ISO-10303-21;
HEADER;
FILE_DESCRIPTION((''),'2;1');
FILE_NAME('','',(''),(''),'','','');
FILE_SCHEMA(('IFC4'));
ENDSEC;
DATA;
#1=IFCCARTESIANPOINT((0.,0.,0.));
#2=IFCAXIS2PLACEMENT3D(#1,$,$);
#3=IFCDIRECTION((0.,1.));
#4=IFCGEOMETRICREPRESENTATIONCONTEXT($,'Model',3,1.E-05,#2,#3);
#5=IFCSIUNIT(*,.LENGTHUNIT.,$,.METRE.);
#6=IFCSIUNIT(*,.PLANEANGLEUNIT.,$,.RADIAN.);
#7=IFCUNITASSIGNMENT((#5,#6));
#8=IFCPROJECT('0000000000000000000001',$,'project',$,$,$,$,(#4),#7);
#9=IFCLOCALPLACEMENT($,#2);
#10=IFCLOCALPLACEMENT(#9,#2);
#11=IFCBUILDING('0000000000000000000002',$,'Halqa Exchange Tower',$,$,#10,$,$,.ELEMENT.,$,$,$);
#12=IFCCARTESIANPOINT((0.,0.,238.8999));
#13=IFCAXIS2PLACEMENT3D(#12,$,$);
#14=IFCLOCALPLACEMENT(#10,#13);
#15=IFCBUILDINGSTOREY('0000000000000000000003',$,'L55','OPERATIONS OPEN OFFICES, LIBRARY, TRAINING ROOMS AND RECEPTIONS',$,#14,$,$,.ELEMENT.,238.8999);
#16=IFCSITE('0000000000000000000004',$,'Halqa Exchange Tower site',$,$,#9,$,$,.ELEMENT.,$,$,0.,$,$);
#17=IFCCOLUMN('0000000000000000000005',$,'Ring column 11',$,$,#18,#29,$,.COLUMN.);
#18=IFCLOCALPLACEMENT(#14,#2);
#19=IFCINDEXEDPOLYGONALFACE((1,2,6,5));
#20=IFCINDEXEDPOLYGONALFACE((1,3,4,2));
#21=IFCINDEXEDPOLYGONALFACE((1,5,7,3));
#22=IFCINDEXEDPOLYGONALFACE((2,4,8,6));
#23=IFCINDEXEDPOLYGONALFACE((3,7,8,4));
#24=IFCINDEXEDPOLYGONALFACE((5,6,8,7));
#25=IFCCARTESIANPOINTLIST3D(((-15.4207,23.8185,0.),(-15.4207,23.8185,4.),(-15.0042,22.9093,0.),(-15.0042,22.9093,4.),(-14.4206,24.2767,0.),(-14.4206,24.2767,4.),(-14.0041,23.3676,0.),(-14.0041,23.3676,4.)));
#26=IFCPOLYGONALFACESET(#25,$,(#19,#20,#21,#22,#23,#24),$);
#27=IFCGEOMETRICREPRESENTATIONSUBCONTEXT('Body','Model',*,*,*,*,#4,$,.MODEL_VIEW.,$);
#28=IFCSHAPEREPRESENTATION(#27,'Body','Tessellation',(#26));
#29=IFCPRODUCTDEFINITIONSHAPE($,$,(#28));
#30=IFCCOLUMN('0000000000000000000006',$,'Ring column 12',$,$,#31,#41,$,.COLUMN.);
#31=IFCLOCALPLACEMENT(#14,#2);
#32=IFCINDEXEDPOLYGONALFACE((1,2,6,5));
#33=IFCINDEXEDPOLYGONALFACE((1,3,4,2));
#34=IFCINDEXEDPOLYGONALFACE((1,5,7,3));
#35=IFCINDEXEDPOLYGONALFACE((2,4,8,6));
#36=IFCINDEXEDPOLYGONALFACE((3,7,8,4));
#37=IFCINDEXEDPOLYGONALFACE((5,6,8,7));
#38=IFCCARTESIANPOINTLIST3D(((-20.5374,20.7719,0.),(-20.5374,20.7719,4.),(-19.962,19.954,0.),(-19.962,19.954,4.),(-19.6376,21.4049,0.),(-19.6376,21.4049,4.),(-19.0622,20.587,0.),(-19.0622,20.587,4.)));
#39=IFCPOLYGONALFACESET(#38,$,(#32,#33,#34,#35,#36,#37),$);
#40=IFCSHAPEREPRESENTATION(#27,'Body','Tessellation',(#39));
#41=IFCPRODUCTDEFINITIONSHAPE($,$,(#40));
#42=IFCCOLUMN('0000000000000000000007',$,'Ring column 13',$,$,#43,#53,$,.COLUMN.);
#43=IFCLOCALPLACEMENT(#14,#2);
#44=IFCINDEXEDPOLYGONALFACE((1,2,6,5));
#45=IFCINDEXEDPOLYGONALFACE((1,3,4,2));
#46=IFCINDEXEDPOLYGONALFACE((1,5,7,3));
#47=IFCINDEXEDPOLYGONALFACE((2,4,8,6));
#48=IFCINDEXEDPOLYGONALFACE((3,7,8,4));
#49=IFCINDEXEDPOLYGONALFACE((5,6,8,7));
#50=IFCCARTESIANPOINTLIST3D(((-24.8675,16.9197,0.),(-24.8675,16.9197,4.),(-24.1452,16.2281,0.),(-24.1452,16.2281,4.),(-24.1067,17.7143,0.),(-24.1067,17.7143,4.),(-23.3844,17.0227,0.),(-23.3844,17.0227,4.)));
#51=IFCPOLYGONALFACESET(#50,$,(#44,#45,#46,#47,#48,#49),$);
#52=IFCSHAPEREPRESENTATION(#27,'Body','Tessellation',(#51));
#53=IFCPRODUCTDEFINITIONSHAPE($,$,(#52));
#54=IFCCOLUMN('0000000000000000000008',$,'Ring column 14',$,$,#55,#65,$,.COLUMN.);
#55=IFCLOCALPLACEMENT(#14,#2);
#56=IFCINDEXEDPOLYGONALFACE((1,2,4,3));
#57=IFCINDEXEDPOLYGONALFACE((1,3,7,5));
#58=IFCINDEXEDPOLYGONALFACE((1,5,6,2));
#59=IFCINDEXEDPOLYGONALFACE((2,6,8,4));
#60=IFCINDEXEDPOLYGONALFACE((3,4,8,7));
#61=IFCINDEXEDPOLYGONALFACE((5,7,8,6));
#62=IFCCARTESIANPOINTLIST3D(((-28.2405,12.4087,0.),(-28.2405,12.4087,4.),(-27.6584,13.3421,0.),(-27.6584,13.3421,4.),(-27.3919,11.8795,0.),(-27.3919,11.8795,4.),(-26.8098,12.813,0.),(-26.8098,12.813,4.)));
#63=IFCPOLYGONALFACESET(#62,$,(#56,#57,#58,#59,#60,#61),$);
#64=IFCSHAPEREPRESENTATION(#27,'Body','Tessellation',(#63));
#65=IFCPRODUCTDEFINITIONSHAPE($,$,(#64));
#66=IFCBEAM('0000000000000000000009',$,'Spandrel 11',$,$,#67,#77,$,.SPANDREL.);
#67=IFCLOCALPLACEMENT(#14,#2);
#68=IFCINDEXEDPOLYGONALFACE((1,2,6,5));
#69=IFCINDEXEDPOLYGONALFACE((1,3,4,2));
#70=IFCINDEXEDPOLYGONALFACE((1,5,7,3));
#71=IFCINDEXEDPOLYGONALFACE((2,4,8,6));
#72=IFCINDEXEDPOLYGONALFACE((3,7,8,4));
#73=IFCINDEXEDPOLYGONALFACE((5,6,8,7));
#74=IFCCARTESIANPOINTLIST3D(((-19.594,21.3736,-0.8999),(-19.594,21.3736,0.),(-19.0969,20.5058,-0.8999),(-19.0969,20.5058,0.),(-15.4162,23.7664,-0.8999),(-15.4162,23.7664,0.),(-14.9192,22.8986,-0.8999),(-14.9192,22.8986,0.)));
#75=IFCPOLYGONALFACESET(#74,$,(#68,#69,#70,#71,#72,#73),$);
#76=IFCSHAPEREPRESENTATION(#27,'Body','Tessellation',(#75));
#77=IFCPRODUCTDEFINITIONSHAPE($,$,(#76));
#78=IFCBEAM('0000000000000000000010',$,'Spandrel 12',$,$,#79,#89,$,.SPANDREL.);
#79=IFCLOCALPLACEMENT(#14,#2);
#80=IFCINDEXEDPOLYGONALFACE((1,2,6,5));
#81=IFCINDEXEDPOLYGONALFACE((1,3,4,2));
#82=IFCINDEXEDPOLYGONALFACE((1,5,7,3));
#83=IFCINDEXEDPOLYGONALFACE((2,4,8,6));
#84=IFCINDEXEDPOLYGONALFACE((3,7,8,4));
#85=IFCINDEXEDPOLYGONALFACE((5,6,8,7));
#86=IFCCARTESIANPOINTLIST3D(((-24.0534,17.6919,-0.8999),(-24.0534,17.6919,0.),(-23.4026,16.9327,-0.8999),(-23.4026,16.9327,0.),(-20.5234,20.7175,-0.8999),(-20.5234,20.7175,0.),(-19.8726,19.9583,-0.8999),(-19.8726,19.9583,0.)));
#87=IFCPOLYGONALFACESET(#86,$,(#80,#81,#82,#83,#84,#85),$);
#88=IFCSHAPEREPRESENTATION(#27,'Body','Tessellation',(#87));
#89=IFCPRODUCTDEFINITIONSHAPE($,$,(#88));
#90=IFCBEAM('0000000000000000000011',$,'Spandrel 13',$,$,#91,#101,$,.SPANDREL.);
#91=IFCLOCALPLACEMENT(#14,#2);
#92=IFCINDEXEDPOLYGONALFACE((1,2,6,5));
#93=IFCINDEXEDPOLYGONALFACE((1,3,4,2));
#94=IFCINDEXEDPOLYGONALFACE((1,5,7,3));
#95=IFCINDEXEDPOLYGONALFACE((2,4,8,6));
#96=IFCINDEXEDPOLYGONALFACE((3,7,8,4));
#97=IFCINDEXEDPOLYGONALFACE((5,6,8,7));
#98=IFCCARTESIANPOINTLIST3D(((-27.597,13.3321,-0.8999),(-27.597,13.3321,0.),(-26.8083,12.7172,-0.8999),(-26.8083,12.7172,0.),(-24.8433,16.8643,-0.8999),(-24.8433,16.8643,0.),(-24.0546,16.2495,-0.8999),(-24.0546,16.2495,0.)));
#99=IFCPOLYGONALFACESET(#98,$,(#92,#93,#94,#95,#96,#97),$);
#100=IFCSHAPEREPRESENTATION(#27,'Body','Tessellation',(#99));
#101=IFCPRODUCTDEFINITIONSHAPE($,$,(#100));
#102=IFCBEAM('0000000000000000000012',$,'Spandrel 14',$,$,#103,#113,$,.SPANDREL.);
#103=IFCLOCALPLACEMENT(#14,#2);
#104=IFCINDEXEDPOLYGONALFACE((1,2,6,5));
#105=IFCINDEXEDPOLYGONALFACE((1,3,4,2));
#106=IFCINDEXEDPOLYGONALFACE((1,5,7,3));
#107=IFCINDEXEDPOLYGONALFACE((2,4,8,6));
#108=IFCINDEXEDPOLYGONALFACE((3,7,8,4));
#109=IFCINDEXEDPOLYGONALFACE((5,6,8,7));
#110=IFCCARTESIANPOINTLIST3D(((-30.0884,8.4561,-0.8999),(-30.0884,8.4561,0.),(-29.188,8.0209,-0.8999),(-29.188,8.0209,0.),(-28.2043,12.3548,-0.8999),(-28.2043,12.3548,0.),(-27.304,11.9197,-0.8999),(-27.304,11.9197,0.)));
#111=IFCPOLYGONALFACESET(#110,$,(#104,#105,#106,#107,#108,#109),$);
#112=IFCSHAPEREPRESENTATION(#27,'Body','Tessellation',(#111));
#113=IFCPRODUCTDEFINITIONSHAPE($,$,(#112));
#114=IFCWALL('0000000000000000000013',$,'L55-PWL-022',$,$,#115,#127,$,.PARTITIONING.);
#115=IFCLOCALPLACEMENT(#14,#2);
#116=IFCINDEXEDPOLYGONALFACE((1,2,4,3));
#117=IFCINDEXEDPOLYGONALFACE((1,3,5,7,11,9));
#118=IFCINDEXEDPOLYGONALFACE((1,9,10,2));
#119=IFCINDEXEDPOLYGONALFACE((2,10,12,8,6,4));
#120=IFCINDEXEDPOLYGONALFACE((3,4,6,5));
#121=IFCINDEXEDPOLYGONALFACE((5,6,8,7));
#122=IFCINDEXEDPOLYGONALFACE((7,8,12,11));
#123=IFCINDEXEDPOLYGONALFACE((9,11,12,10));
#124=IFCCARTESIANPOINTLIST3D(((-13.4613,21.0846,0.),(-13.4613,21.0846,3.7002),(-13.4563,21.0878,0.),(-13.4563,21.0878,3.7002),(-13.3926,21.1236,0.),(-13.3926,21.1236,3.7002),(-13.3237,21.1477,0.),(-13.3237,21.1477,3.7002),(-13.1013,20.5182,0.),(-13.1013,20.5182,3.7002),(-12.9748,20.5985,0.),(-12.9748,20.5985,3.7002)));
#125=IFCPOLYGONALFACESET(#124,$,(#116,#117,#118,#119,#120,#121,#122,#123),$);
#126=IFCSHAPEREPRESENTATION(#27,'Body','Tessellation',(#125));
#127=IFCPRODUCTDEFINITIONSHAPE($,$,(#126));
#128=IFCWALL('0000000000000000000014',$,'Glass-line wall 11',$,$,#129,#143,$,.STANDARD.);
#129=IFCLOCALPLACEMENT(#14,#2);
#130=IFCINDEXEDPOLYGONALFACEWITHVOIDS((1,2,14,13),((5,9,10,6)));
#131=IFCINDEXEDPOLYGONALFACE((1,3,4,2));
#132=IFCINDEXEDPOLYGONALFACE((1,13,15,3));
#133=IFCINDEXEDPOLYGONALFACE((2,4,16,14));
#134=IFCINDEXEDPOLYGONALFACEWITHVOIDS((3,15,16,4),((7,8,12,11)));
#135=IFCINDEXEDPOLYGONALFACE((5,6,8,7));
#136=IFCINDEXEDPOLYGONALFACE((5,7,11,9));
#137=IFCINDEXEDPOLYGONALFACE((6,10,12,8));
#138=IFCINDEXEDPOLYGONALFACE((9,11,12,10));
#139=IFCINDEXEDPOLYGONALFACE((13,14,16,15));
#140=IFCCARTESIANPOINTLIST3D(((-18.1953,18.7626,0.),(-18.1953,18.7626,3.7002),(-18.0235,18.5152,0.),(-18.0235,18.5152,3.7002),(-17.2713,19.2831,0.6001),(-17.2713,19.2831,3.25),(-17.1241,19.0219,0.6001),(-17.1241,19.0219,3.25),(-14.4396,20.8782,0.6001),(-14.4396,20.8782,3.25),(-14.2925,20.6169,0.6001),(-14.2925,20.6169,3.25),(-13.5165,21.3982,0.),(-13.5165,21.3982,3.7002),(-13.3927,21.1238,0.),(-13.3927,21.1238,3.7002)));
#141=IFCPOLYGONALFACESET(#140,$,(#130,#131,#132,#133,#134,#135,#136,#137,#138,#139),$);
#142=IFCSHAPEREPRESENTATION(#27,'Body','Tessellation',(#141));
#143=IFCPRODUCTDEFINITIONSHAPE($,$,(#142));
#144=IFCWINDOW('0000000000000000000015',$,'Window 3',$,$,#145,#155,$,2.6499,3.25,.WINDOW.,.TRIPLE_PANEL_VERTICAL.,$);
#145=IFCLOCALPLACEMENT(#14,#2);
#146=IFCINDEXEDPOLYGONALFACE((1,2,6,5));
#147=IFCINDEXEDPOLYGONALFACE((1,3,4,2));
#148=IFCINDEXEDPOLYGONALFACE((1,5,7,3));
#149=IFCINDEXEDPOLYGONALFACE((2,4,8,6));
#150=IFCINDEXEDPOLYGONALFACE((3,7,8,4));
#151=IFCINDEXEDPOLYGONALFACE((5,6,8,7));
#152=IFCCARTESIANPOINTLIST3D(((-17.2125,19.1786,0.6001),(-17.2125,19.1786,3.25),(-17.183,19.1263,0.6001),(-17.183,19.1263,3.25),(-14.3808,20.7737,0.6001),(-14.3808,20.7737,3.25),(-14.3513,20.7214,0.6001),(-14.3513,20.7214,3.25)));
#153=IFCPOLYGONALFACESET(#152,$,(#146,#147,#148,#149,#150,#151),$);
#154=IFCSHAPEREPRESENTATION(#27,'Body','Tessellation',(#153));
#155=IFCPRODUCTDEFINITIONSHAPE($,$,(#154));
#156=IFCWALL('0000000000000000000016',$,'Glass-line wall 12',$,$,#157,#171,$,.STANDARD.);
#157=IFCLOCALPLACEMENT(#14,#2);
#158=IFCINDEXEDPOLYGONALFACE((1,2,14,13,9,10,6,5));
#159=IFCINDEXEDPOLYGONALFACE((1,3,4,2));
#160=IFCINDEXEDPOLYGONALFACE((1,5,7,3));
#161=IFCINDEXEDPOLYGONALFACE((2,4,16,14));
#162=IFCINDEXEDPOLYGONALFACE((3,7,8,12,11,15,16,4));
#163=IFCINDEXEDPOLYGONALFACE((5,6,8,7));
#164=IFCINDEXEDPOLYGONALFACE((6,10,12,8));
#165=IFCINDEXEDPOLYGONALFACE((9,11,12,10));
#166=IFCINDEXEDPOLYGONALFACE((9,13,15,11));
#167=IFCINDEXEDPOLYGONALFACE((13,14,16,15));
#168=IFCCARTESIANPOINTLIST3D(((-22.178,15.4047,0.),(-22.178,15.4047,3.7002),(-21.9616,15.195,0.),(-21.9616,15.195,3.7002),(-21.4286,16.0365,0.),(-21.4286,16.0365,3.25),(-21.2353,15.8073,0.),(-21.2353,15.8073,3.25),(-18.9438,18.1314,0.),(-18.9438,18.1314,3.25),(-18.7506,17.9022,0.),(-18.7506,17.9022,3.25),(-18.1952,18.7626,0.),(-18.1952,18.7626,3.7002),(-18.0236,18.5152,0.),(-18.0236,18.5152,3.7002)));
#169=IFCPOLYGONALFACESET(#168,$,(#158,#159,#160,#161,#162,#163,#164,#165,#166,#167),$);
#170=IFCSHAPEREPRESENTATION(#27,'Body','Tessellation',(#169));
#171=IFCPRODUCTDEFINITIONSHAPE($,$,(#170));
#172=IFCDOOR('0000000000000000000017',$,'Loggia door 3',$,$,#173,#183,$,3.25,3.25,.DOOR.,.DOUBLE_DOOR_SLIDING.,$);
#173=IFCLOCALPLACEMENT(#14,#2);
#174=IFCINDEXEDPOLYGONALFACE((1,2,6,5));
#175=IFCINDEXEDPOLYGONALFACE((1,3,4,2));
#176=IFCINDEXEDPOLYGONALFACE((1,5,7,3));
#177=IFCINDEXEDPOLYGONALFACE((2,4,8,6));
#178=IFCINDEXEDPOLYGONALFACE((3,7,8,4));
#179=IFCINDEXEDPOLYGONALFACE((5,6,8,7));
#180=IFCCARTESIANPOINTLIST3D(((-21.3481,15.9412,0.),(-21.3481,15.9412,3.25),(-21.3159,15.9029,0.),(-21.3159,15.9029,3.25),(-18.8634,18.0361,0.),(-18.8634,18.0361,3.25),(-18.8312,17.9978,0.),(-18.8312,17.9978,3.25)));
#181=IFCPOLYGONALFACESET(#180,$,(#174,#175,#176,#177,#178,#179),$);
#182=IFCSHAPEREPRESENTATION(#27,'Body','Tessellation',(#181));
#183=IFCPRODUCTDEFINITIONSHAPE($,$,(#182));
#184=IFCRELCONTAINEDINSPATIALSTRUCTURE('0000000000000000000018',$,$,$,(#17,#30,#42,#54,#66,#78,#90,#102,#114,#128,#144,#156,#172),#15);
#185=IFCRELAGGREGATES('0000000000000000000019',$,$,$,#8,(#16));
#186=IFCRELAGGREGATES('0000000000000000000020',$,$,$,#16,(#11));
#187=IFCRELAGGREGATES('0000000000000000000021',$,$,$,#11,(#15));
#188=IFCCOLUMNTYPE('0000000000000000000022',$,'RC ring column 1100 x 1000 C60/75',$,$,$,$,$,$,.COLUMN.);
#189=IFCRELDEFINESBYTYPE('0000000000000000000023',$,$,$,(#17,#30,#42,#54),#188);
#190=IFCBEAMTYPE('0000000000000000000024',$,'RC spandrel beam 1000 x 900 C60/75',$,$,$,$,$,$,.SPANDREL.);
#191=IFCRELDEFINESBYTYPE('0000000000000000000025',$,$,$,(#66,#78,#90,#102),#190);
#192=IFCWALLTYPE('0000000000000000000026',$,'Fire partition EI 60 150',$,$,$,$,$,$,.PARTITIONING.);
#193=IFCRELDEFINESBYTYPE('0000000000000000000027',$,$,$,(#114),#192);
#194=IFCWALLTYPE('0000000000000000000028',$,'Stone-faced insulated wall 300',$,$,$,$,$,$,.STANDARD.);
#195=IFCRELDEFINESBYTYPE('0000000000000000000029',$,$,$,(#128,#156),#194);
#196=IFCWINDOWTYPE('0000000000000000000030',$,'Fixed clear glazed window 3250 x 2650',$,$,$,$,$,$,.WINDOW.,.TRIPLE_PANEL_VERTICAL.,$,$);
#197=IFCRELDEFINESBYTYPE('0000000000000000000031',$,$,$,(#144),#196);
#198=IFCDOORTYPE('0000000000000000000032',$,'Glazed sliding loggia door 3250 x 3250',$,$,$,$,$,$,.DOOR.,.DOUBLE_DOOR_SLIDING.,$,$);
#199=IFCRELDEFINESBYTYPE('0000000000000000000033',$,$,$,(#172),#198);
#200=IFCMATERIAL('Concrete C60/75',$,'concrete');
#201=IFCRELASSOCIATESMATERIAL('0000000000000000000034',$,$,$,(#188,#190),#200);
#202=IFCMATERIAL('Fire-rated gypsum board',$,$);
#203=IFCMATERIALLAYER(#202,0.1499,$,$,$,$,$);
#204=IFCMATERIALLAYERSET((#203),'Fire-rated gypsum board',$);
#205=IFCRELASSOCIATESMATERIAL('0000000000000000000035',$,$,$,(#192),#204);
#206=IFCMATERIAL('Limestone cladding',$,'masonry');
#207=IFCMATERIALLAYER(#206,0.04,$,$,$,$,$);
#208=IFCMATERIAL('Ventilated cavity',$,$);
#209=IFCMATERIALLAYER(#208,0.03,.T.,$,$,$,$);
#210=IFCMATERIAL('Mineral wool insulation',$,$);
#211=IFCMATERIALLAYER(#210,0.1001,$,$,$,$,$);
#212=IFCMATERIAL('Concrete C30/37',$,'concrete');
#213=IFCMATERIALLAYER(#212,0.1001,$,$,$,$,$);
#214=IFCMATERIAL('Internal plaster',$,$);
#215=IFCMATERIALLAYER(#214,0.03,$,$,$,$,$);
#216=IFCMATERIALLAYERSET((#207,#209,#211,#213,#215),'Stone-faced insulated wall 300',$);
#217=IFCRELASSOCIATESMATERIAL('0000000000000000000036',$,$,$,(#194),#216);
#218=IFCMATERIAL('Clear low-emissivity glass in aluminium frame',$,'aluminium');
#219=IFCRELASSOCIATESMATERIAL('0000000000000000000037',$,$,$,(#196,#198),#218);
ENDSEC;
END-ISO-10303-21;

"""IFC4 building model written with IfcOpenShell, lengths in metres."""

from ifc_helpers import new_model, si_unit, direction, frame, frame_2d, origin, origin_2d, place, context, subcontext, project, spatial, polyline, rectangle, outline, extrude, material, layer, layer_set, material_profile, profile_set, type_object, element, fill, save


model = new_model("IFC4")

# Units and contexts
model_context = context("Model", 3, precision=1e-05, world=origin(), true_north=direction((0.0, 1.0)))
body_context = subcontext(model_context, "Body", "Model", "MODEL_VIEW")
ifc_project = project(units=[si_unit("LENGTHUNIT", "METRE"), si_unit("PLANEANGLEUNIT", "RADIAN")], contexts=[model_context])

# Site, building, storey
site_placement = place(None, origin())
site = spatial("IfcSite", under=ifc_project, at=site_placement, Name="Halqa Exchange Tower site", CompositionType="ELEMENT", RefElevation=0.0)
building_placement = place(site_placement, origin())
building = spatial("IfcBuilding", under=site, at=building_placement, Name="Halqa Exchange Tower", CompositionType="ELEMENT")
storey_placement = place(building_placement, frame((0.0, 0.0, 238.8999)))
storey = spatial("IfcBuildingStorey", under=building, at=storey_placement, Name="L55", Description="OPERATIONS OPEN OFFICES, LIBRARY, TRAINING ROOMS AND RECEPTIONS", CompositionType="ELEMENT", Elevation=238.8999)

# Columns
ifc_material_1 = material(Name="Concrete C60/75", Category="concrete")
ifc_material_profile_1 = material_profile(ifc_material_1, rectangle(XDim=1.1001, YDim=1.0, at=origin_2d()), Name="1100 x 1000")
ifc_profile_set_1 = profile_set([ifc_material_profile_1], Name="Concrete C60/75")
column_type = type_object("IfcColumnType", Name="RC ring column 1100 x 1000 C60/75", PredefinedType="COLUMN", material=ifc_profile_set_1)
for number, where, z_axis, x_axis, name in (
    (1, (-14.7124, 23.593, 0.0), (0.0, 0.0, 1.0), (-0.909126, -0.416522, 0.0), "Ring column 11"),
    (2, (-19.7998, 20.6794, 0.0), (0.0, 0.0, 1.0), (-0.817905, -0.575354, 0.0), "Ring column 12"),
    (3, (-24.126, 16.9712, 0.0), (0.0, 0.0, 1.0), (-0.691579, -0.722301, 0.0), "Ring column 13"),
    (4, (-27.5251, 12.6108, 0.0), (0.0, 0.0, 1.0), (-0.529148, -0.84853, 0.0), "Ring column 14"),
):
    element("IfcColumn", number, at=place(storey_placement, frame(where, z_axis=z_axis, x_axis=x_axis)), inside=storey, type_object=column_type, Name=name, PredefinedType="COLUMN", context=body_context, shape_type="SweptSolid", body=[
        extrude(rectangle(XDim=1.1001, YDim=1.0, at=origin_2d()), origin(), (0.0, 0.0, 1.0), 4.0),
    ])

# Beams
ifc_material_profile_2 = material_profile(ifc_material_1, rectangle(XDim=1.0, YDim=0.8999, at=origin_2d()), Name="1000 x 900")
ifc_profile_set_2 = profile_set([ifc_material_profile_2], Name="Concrete C60/75")
beam_type = type_object("IfcBeamType", Name="RC spandrel beam 1000 x 900 C60/75", PredefinedType="SPANDREL", material=ifc_profile_set_2)
beam_1_placement = place(storey_placement, frame((-15.1677, 23.3325, -0.45), z_axis=(-0.867747, -0.497007, 0.0), x_axis=(0.497007, -0.867747, 0.0)))
element("IfcBeam", 5, at=beam_1_placement, inside=storey, type_object=beam_type, Name="Spandrel 11", PredefinedType="SPANDREL", context=body_context, shape_type="SweptSolid", body=[
    extrude(rectangle(XDim=1.0, YDim=0.8999, at=origin_2d()), origin(), (0.0, 0.0, 1.0), 4.8145),
])
beam_2_placement = place(storey_placement, frame((-20.198, 20.3379, -0.45), z_axis=(-0.759268, -0.650778, 0.0), x_axis=(0.650778, -0.759268, 0.0)))
element("IfcBeam", 6, at=beam_2_placement, inside=storey, type_object=beam_type, Name="Spandrel 12", PredefinedType="SPANDREL", context=body_context, shape_type="SweptSolid", body=[
    extrude(rectangle(XDim=1.0, YDim=0.8999, at=origin_2d()), origin(), (0.0, 0.0, 1.0), 4.6492),
])
beam_3_placement = place(storey_placement, frame((-24.449, 16.5569, -0.45), z_axis=(-0.614827, -0.788662, 0.0), x_axis=(0.788662, -0.614827, 0.0)))
element("IfcBeam", 7, at=beam_3_placement, inside=storey, type_object=beam_type, Name="Spandrel 13", PredefinedType="SPANDREL", context=body_context, shape_type="SweptSolid", body=[
    extrude(rectangle(XDim=1.0, YDim=0.8999, at=origin_2d()), origin(), (0.0, 0.0, 1.0), 4.4788),
])
beam_4_placement = place(storey_placement, frame((-27.7542, 12.1372, -0.45), z_axis=(-0.435107, -0.900379, 0.0), x_axis=(0.900379, -0.435107, 0.0)))
element("IfcBeam", 8, at=beam_4_placement, inside=storey, type_object=beam_type, Name="Spandrel 14", PredefinedType="SPANDREL", context=body_context, shape_type="SweptSolid", body=[
    extrude(rectangle(XDim=1.0, YDim=0.8999, at=origin_2d()), origin(), (0.0, 0.0, 1.0), 4.3301),
])

# Shared definitions
ifc_material_2 = material(Name="Fire-rated gypsum board")
ifc_layer_1 = layer(ifc_material_2, 0.1499)
ifc_layer_set_1 = layer_set([ifc_layer_1], Name="Fire-rated gypsum board")
wall_type_1 = type_object("IfcWallType", Name="Fire partition EI 60 150", PredefinedType="PARTITIONING", material=ifc_layer_set_1)

# Wall
wall_1_placement = place(storey_placement, frame((-13.0381, 20.5583, 0.0), z_axis=(0.0, 0.0, 1.0), x_axis=(-0.536263, 0.844051, 0.0)))
element("IfcWall", 9, at=wall_1_placement, inside=storey, type_object=wall_type_1, Name="L55-PWL-022", PredefinedType="PARTITIONING", context=body_context, shape_type="SweptSolid", body=[
    extrude(outline(polyline([(0.0, -0.075), (0.6506, -0.075), (0.6672, -0.0039), (0.6711, 0.0691), (0.6711, 0.075), (0.0, 0.075), (0.0, -0.075)])), origin(), (0.0, 0.0, 1.0), 3.7002),
])

# Wall, opening, window
ifc_material_3 = material(Name="Limestone cladding", Category="masonry")
ifc_layer_2 = layer(ifc_material_3, 0.04)
ifc_material_4 = material(Name="Ventilated cavity")
ifc_layer_3 = layer(ifc_material_4, 0.03, ventilated=True)
ifc_material_5 = material(Name="Mineral wool insulation")
ifc_layer_4 = layer(ifc_material_5, 0.1001)
ifc_material_6 = material(Name="Concrete C30/37", Category="concrete")
ifc_layer_5 = layer(ifc_material_6, 0.1001)
ifc_material_7 = material(Name="Internal plaster")
ifc_layer_6 = layer(ifc_material_7, 0.03)
ifc_layer_set_2 = layer_set([ifc_layer_2, ifc_layer_3, ifc_layer_4, ifc_layer_5, ifc_layer_6], Name="Stone-faced insulated wall 300")
wall_type_2 = type_object("IfcWallType", Name="Stone-faced insulated wall 300", PredefinedType="STANDARD", material=ifc_layer_set_2)
wall_2_placement = place(storey_placement, frame((-13.4546, 21.261, 0.0), z_axis=(0.0, 0.0, 1.0), x_axis=(-0.871275, -0.490795, 0.0)))
wall_2 = element("IfcWall", 10, at=wall_2_placement, inside=storey, type_object=wall_type_2, Name="Glass-line wall 11", PredefinedType="STANDARD", context=body_context, shape_type="SweptSolid", body=[
    extrude(outline(polyline([(-0.0134, -0.1499), (5.3567, -0.1499), (5.3284, 0.1499), (0.0134, 0.1499), (-0.0134, -0.1499)])), origin(), (0.0, 0.0, 1.0), 3.7002),
])
opening_1_placement = place(wall_2_placement, frame((1.0461, 0.0, 0.6001)))
opening_1 = element("IfcOpeningElement", 11, at=opening_1_placement, cuts=wall_2, PredefinedType="OPENING", context=body_context, shape_type="SweptSolid", body=[
    extrude(rectangle(XDim=3.25, YDim=2.6499, at=frame_2d((1.625, 1.325))), frame((0.0, 0.1621, 0.0), z_axis=(0.0, -1.0, 0.0), x_axis=(1.0, 0.0, 0.0)), (0.0, 0.0, 1.0), 0.324),
])
ifc_material_8 = material(Name="Clear low-emissivity glass in aluminium frame", Category="aluminium")
window_type = type_object("IfcWindowType", Name="Fixed clear glazed window 3250 x 2650", PartitioningType="TRIPLE_PANEL_VERTICAL", PredefinedType="WINDOW", material=ifc_material_8)
window_1_placement = place(opening_1_placement, origin())
window_1 = element("IfcWindow", 12, at=window_1_placement, inside=storey, type_object=window_type, Name="Window 3", OverallHeight=2.6499, OverallWidth=3.25, PartitioningType="TRIPLE_PANEL_VERTICAL", PredefinedType="WINDOW", context=body_context, shape_type="SweptSolid", body=[
    extrude(rectangle(XDim=3.25, YDim=2.6499, at=frame_2d((1.625, 1.325))), frame((0.0, 0.03, 0.0), z_axis=(0.0, -1.0, 0.0), x_axis=(1.0, 0.0, 0.0)), (0.0, 0.0, 1.0), 0.0601),
])
fill(opening_1, window_1)

# Wall, opening, door
wall_3_placement = place(storey_placement, frame((-18.1094, 18.6389, 0.0), z_axis=(0.0, 0.0, 1.0), x_axis=(-0.764531, -0.644587, 0.0)))
wall_3 = element("IfcWall", 13, at=wall_3_placement, inside=storey, type_object=wall_type_2, Name="Glass-line wall 12", PredefinedType="STANDARD", context=body_context, shape_type="SweptSolid", body=[
    extrude(outline(polyline([(-0.0142, -0.1499), (5.1953, -0.1499), (5.165, 0.1499), (0.0142, 0.1499), (-0.0142, -0.1499)])), origin(), (0.0, 0.0, 1.0), 3.7002),
])
opening_2_placement = place(wall_3_placement, frame((0.9651, 0.0, 0.0)))
opening_2 = element("IfcOpeningElement", 14, at=opening_2_placement, cuts=wall_3, PredefinedType="OPENING", context=body_context, shape_type="SweptSolid", body=[
    extrude(rectangle(XDim=3.25, YDim=3.25, at=frame_2d((1.625, 1.625))), frame((0.0, 0.1621, 0.0), z_axis=(0.0, -1.0, 0.0), x_axis=(1.0, 0.0, 0.0)), (0.0, 0.0, 1.0), 0.324),
])
door_type_1 = type_object("IfcDoorType", Name="Glazed sliding loggia door 3250 x 3250", OperationType="DOUBLE_DOOR_SLIDING", PredefinedType="DOOR", material=ifc_material_8)
door_1_placement = place(opening_2_placement, origin())
door_1 = element("IfcDoor", 15, at=door_1_placement, inside=storey, type_object=door_type_1, Name="Loggia door 3", OperationType="DOUBLE_DOOR_SLIDING", OverallHeight=3.25, OverallWidth=3.25, PredefinedType="DOOR", context=body_context, shape_type="SweptSolid", body=[
    extrude(rectangle(XDim=3.25, YDim=3.25, at=frame_2d((1.625, 1.625))), frame((0.0, 0.0249, 0.0), z_axis=(0.0, -1.0, 0.0), x_axis=(1.0, 0.0, 0.0)), (0.0, 0.0, 1.0), 0.05),
])
fill(opening_2, door_1)

save(model, "model.ifc")
